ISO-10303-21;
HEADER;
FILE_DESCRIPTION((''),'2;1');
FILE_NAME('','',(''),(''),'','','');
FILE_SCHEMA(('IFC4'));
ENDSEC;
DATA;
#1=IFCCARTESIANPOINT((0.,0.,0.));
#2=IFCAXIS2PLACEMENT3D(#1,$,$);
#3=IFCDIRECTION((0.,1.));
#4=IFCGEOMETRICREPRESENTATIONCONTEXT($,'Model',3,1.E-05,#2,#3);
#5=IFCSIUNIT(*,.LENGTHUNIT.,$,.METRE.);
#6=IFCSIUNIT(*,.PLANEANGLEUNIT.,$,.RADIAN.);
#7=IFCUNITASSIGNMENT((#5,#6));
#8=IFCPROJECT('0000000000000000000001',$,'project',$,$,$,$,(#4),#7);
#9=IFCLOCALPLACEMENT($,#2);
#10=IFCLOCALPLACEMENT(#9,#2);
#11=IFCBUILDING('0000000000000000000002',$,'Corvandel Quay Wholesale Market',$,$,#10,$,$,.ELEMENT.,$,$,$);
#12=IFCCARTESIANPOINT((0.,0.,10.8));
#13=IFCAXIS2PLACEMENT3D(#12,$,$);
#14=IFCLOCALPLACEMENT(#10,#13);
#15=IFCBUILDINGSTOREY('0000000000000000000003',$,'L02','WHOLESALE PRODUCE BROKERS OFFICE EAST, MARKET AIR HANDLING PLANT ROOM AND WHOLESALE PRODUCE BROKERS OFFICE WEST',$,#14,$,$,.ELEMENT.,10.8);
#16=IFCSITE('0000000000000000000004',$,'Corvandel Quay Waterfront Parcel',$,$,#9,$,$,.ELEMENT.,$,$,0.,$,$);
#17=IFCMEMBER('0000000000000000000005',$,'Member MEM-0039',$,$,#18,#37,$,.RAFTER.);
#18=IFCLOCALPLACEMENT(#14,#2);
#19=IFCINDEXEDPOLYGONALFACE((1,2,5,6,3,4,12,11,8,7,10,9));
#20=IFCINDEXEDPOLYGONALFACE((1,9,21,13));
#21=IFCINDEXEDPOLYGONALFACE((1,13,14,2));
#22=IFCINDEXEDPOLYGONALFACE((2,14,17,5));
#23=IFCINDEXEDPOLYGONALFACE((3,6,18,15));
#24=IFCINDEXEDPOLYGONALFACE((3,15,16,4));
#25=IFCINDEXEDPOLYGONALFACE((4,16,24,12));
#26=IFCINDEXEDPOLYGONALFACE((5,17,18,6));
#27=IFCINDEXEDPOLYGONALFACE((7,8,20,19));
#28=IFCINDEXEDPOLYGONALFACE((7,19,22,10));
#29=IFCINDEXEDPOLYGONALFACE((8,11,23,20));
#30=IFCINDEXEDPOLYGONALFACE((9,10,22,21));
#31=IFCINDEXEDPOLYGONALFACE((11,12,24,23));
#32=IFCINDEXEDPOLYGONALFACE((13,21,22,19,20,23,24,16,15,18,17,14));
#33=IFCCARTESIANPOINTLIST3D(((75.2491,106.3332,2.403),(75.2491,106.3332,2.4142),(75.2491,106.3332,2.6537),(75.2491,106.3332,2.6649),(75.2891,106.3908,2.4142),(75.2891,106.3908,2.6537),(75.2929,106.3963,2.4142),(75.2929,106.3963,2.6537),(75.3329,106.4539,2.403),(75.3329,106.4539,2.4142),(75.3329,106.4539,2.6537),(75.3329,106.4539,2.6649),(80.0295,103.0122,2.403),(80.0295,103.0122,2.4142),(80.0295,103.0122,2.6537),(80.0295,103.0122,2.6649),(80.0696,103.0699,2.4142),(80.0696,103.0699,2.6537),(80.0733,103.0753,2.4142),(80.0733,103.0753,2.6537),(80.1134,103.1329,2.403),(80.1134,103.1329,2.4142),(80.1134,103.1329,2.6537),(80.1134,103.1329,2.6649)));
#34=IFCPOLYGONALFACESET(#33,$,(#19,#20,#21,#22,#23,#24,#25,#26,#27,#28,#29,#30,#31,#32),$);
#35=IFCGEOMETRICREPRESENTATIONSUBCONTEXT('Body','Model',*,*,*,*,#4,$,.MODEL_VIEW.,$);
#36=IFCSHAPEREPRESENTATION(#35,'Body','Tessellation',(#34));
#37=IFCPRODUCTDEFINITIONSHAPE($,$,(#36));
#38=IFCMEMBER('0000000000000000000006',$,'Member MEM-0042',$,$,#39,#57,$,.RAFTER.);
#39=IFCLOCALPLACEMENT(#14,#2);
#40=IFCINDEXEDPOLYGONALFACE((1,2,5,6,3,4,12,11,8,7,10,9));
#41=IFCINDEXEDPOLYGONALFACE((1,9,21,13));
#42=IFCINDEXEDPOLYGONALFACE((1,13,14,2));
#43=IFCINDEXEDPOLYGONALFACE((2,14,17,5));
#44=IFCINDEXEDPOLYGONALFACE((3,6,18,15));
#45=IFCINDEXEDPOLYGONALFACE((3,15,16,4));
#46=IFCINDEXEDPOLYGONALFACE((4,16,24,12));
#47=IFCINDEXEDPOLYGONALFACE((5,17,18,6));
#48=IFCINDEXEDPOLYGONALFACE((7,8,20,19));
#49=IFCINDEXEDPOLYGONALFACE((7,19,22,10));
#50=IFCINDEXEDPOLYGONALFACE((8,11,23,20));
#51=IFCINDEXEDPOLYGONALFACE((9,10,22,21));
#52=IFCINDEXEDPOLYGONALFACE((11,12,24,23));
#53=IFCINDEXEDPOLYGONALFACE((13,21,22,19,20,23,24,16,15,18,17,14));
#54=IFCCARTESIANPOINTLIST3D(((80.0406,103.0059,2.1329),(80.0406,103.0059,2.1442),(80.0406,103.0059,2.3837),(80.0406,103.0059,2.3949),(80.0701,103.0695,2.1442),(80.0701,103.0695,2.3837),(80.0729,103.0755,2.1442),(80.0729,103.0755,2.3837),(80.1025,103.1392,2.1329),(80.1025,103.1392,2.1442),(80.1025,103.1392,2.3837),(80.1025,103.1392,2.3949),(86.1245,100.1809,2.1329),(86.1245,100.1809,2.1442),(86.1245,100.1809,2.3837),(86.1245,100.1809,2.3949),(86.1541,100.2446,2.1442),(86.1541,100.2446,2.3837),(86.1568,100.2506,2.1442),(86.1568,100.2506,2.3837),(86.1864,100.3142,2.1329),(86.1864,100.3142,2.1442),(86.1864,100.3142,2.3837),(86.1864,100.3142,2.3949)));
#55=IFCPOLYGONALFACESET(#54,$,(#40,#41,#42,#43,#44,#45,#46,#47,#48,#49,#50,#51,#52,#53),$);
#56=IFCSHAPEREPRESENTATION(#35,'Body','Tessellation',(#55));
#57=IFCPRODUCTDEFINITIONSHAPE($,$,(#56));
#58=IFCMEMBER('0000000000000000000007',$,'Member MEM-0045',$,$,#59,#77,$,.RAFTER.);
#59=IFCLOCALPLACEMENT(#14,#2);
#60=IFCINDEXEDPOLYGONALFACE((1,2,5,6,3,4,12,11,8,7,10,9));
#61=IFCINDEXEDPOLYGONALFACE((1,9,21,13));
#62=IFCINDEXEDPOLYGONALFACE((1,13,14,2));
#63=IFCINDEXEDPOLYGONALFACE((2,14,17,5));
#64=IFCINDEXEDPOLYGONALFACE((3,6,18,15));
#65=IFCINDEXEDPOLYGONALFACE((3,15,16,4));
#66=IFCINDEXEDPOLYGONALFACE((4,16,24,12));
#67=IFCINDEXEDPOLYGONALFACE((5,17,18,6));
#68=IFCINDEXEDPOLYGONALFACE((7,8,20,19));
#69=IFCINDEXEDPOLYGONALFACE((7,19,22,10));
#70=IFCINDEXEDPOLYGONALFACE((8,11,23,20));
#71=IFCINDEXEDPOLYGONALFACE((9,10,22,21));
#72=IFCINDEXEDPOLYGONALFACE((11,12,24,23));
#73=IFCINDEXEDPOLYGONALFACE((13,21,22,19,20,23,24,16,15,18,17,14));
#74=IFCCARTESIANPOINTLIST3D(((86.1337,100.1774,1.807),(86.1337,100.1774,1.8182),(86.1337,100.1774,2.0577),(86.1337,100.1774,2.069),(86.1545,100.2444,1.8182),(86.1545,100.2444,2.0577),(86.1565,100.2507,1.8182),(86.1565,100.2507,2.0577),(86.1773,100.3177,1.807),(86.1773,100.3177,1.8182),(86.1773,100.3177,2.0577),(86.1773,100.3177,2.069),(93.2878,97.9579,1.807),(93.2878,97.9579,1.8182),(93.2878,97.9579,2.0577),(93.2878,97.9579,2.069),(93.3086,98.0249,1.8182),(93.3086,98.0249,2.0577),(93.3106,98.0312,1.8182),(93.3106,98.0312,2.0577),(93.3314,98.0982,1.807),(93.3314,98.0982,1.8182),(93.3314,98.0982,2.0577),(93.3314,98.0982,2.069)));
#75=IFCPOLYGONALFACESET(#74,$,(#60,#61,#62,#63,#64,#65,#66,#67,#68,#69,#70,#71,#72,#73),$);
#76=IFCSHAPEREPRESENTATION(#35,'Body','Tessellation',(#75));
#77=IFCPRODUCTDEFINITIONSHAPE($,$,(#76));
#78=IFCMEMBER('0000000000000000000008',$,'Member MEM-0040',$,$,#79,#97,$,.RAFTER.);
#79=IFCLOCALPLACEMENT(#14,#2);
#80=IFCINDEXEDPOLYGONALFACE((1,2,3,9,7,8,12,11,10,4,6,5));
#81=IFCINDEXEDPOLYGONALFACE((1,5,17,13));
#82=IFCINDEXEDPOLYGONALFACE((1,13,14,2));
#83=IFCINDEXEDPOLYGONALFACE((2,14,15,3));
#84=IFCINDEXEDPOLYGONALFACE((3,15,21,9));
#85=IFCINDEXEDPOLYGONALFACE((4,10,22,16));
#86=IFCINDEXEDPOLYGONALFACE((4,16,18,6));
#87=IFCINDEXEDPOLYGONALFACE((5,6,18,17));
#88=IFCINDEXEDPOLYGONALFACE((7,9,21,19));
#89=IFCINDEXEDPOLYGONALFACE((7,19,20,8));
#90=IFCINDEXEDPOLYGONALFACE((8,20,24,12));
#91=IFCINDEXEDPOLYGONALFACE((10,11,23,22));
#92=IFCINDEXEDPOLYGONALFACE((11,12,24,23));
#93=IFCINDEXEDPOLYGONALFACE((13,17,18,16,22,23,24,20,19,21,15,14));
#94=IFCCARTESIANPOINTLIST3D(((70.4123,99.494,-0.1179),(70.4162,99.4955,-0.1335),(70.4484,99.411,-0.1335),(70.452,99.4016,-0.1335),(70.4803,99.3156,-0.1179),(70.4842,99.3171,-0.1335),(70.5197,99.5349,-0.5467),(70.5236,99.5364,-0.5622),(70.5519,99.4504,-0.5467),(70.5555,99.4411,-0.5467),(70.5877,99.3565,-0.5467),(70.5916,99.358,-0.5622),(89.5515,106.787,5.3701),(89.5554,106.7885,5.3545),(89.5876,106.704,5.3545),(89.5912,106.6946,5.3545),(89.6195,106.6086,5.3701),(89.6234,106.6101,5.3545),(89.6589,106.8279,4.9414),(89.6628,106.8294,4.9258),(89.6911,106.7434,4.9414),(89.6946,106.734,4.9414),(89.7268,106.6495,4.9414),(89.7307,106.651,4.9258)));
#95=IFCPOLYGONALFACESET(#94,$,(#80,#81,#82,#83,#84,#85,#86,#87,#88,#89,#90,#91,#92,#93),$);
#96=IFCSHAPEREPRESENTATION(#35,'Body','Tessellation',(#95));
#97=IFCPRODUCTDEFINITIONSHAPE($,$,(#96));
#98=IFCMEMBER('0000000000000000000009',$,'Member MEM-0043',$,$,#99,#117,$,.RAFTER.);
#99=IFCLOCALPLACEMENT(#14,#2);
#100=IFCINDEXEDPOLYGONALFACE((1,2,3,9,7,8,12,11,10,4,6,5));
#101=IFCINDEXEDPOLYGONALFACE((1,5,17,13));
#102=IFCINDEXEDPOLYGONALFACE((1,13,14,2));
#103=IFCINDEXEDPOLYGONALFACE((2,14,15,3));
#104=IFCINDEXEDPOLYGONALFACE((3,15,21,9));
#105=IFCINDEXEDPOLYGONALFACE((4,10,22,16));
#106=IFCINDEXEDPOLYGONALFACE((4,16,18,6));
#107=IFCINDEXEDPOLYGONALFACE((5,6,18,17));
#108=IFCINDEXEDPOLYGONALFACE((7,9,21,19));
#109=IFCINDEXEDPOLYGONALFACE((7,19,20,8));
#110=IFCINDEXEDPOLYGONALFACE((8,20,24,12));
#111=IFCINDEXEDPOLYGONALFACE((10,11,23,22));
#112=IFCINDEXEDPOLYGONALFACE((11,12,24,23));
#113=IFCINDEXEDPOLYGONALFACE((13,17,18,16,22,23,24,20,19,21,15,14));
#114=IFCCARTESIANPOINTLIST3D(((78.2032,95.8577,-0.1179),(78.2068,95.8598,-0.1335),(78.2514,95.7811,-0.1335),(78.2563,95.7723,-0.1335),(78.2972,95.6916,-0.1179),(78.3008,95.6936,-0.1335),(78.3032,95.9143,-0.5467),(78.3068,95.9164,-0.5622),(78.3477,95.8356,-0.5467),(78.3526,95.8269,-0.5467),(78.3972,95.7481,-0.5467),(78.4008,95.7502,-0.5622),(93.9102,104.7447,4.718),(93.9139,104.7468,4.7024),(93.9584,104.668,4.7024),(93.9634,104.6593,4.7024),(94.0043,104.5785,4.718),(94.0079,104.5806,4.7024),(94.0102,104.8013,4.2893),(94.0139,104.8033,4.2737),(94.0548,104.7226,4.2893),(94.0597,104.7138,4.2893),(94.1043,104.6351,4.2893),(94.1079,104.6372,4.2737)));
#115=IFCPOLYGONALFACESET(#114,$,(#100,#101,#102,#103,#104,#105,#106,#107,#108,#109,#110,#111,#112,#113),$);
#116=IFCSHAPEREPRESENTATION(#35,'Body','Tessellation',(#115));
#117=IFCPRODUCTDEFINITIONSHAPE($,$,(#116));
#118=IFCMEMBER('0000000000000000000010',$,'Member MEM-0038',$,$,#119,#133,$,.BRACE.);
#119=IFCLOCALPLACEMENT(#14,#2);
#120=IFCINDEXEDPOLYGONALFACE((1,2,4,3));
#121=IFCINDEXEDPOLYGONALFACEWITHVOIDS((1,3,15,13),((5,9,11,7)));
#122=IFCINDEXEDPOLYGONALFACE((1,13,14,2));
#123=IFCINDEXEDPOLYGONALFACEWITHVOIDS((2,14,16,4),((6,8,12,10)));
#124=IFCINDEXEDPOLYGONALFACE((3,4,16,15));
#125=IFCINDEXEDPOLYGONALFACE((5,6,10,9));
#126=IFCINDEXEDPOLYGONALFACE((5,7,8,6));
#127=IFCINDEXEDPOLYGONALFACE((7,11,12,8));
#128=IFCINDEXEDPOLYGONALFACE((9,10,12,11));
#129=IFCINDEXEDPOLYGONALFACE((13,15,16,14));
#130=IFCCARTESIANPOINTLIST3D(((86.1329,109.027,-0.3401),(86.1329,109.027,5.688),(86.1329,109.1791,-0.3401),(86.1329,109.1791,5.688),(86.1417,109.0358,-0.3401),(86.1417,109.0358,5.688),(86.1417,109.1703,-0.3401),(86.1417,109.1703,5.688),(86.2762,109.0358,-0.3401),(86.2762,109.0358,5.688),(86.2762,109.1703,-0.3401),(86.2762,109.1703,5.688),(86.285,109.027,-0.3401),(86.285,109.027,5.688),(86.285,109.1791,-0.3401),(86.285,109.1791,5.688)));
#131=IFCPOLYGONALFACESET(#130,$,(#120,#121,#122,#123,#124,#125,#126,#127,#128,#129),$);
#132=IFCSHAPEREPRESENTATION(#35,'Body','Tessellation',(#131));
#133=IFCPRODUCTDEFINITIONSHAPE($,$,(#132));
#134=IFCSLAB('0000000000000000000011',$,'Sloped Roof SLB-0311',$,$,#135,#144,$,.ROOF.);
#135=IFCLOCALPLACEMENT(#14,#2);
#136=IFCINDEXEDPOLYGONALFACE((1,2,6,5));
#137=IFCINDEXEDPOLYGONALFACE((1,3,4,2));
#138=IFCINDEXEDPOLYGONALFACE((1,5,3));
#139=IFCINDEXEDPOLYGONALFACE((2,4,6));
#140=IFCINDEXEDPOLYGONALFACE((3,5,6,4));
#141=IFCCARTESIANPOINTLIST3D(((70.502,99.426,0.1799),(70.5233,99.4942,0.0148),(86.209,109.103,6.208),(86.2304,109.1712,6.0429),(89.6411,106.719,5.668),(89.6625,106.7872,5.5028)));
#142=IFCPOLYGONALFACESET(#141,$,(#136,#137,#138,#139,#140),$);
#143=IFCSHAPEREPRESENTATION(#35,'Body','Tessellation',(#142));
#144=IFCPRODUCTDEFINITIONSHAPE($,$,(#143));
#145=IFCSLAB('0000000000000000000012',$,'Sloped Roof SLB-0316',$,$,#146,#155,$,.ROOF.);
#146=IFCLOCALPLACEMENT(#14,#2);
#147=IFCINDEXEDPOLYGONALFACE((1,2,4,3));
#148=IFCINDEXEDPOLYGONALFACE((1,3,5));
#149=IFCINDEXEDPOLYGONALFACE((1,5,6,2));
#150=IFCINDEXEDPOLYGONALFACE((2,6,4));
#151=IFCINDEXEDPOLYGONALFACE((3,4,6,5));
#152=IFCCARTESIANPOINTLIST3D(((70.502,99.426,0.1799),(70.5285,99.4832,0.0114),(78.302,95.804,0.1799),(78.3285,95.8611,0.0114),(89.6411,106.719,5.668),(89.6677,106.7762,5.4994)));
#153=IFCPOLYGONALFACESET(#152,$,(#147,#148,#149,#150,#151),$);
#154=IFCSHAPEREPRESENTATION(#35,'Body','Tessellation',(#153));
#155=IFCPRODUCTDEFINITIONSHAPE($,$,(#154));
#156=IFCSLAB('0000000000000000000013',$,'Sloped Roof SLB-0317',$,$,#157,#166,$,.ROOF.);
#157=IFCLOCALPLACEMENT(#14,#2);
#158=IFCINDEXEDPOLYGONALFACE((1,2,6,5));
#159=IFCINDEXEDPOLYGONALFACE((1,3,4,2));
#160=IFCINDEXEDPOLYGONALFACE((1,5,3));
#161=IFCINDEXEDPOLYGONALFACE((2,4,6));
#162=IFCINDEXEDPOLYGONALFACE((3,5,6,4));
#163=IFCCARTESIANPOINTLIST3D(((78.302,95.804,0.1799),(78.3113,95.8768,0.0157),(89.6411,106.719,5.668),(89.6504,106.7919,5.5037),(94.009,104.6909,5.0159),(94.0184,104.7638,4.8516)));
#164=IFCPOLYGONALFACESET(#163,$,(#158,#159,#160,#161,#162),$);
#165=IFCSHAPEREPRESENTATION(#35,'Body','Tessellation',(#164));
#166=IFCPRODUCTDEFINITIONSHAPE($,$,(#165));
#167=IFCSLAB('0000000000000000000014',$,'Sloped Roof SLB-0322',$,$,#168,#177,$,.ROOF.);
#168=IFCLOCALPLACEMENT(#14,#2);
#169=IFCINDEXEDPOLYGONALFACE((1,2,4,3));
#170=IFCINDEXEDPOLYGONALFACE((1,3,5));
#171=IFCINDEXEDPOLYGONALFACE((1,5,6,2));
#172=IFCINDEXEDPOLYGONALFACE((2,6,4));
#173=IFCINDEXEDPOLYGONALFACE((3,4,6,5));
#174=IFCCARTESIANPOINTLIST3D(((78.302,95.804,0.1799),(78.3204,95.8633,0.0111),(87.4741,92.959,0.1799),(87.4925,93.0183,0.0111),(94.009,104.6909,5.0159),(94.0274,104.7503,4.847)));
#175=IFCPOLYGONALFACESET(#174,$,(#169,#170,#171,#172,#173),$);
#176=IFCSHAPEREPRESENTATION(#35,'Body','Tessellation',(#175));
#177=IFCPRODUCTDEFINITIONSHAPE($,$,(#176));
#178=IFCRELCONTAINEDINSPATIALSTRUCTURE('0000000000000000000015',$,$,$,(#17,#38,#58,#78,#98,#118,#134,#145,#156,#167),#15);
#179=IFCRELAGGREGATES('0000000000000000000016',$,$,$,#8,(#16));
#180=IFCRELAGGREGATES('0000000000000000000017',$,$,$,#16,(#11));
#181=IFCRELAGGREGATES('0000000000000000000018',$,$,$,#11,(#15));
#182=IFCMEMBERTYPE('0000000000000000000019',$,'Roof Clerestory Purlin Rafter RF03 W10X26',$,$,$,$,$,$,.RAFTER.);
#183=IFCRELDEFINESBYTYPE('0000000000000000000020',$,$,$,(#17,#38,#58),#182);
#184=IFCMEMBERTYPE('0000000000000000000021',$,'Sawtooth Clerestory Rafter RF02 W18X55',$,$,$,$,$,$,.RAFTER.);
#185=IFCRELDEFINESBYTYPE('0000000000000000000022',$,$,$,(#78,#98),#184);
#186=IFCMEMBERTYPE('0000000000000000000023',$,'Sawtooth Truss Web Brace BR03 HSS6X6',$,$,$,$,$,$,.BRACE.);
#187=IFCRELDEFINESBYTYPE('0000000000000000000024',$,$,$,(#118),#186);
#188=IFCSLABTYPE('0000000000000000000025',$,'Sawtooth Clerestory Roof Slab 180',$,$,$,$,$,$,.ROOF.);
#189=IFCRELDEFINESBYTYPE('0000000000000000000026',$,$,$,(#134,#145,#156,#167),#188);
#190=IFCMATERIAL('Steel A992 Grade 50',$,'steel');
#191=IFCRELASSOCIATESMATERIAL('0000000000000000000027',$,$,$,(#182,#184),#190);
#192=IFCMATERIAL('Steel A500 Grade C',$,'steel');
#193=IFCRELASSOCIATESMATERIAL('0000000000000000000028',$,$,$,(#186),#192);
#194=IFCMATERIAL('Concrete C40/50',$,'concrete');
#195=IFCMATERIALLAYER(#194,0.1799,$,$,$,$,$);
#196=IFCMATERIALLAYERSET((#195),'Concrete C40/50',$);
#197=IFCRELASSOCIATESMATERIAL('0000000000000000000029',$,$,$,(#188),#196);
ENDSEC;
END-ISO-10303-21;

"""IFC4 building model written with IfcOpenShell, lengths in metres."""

from ifc_helpers import new_model, si_unit, direction, frame, origin, origin_2d, place, context, subcontext, project, spatial, polyline, hollow_rectangle, i_section, outline, extrude, material, layer, layer_set, material_profile, profile_set, type_object, element, save


model = new_model("IFC4")

# Units and contexts
model_context = context("Model", 3, precision=1e-05, world=origin(), true_north=direction((0.0, 1.0)))
body_context = subcontext(model_context, "Body", "Model", "MODEL_VIEW")
ifc_project = project(units=[si_unit("LENGTHUNIT", "METRE"), si_unit("PLANEANGLEUNIT", "RADIAN")], contexts=[model_context])

# Site, building, storey
site_placement = place(None, origin())
site = spatial("IfcSite", under=ifc_project, at=site_placement, Name="Corvandel Quay Waterfront Parcel", CompositionType="ELEMENT", RefElevation=0.0)
building_placement = place(site_placement, origin())
building = spatial("IfcBuilding", under=site, at=building_placement, Name="Corvandel Quay Wholesale Market", CompositionType="ELEMENT")
storey_placement = place(building_placement, frame((0.0, 0.0, 10.8)))
storey = spatial("IfcBuildingStorey", under=building, at=storey_placement, Name="L02", Description="WHOLESALE PRODUCE BROKERS OFFICE EAST, MARKET AIR HANDLING PLANT ROOM AND WHOLESALE PRODUCE BROKERS OFFICE WEST", CompositionType="ELEMENT", Elevation=10.8)

# Members
ifc_material_1 = material(Name="Steel A992 Grade 50", Category="steel")
ifc_material_profile_1 = material_profile(ifc_material_1, i_section(OverallWidth=0.147, OverallDepth=0.262, WebThickness=0.0066, FlangeThickness=0.0112, at=origin_2d()), Name="W10X26")
ifc_profile_set_1 = profile_set([ifc_material_profile_1], Name="Steel A992 Grade 50")
member_type_1 = type_object("IfcMemberType", Name="Roof Clerestory Purlin Rafter RF03 W10X26", PredefinedType="RAFTER", material=ifc_profile_set_1)
member_1_placement = place(storey_placement, frame((75.291, 106.3936, 2.5339), z_axis=(0.82127, -0.57054, 0.0), x_axis=(0.57054, 0.82127, 0.0)))
element("IfcMember", 1, at=member_1_placement, inside=storey, type_object=member_type_1, Name="Member MEM-0039", PredefinedType="RAFTER", context=body_context, shape_type="SweptSolid", body=[
    extrude(i_section(OverallWidth=0.147, OverallDepth=0.262, WebThickness=0.0066, FlangeThickness=0.0112, at=origin_2d()), origin(), (0.0, 0.0, 1.0), 5.8208),
])
member_2_placement = place(storey_placement, frame((80.0715, 103.0725, 2.2639), z_axis=(0.906995, -0.421141, 0.0), x_axis=(0.421141, 0.906995, 0.0)))
element("IfcMember", 2, at=member_2_placement, inside=storey, type_object=member_type_1, Name="Member MEM-0042", PredefinedType="RAFTER", context=body_context, shape_type="SweptSolid", body=[
    extrude(i_section(OverallWidth=0.147, OverallDepth=0.262, WebThickness=0.0066, FlangeThickness=0.0112, at=origin_2d()), origin(), (0.0, 0.0, 1.0), 6.7078),
])
member_3_placement = place(storey_placement, frame((86.1555, 100.2476, 1.938), z_axis=(0.955092, -0.296309, 0.0), x_axis=(0.296309, 0.955092, 0.0)))
element("IfcMember", 3, at=member_3_placement, inside=storey, type_object=member_type_1, Name="Member MEM-0045", PredefinedType="RAFTER", context=body_context, shape_type="SweptSolid", body=[
    extrude(i_section(OverallWidth=0.147, OverallDepth=0.262, WebThickness=0.0066, FlangeThickness=0.0112, at=origin_2d()), origin(), (0.0, 0.0, 1.0), 7.4905),
])
ifc_material_profile_2 = material_profile(ifc_material_1, i_section(OverallWidth=0.1909, OverallDepth=0.46, WebThickness=0.01, FlangeThickness=0.0161, at=origin_2d()), Name="W18X55")
ifc_profile_set_2 = profile_set([ifc_material_profile_2], Name="Steel A992 Grade 50")
member_type_2 = type_object("IfcMemberType", Name="Sawtooth Clerestory Rafter RF02 W18X55", PredefinedType="RAFTER", material=ifc_profile_set_2)
member_4_placement = place(storey_placement, frame((70.502, 99.426, -0.3401), z_axis=(0.902616, 0.343942, 0.25882), x_axis=(-0.356075, 0.934458, 0.0)))
element("IfcMember", 4, at=member_4_placement, inside=storey, type_object=member_type_2, Name="Member MEM-0040", PredefinedType="RAFTER", context=body_context, shape_type="SweptSolid", body=[
    extrude(i_section(OverallWidth=0.1909, OverallDepth=0.46, WebThickness=0.01, FlangeThickness=0.0161, at=origin_2d()), origin(), (0.0, 0.0, 1.0), 21.2041),
])
member_5_placement = place(storey_placement, frame((78.302, 95.804, -0.3401), z_axis=(0.840688, 0.475657, 0.258834), x_axis=(-0.492438, 0.870347, 0.0)))
element("IfcMember", 5, at=member_5_placement, inside=storey, type_object=member_type_2, Name="Member MEM-0043", PredefinedType="RAFTER", context=body_context, shape_type="SweptSolid", body=[
    extrude(i_section(OverallWidth=0.1909, OverallDepth=0.46, WebThickness=0.01, FlangeThickness=0.0161, at=origin_2d()), origin(), (0.0, 0.0, 1.0), 18.6836),
])
ifc_material_2 = material(Name="Steel A500 Grade C", Category="steel")
ifc_material_profile_3 = material_profile(ifc_material_2, hollow_rectangle(XDim=0.1521, YDim=0.1521, WallThickness=0.0088, at=origin_2d()), Name="HSS6X6X3/8")
ifc_profile_set_3 = profile_set([ifc_material_profile_3], Name="Steel A500 Grade C")
member_type_3 = type_object("IfcMemberType", Name="Sawtooth Truss Web Brace BR03 HSS6X6", PredefinedType="BRACE", material=ifc_profile_set_3)
member_6_placement = place(storey_placement, frame((86.209, 109.103, -0.3401), z_axis=(0.0, 0.0, 1.0), x_axis=(1.0, 0.0, 0.0)))
element("IfcMember", 6, at=member_6_placement, inside=storey, type_object=member_type_3, Name="Member MEM-0038", PredefinedType="BRACE", context=body_context, shape_type="SweptSolid", body=[
    extrude(hollow_rectangle(XDim=0.1521, YDim=0.1521, WallThickness=0.0088, at=origin_2d()), origin(), (0.0, 0.0, 1.0), 6.0281),
])

# Slabs
ifc_material_3 = material(Name="Concrete C40/50", Category="concrete")
ifc_layer_1 = layer(ifc_material_3, 0.1799)
ifc_layer_set_1 = layer_set([ifc_layer_1], Name="Concrete C40/50")
slab_type = type_object("IfcSlabType", Name="Sawtooth Clerestory Roof Slab 180", PredefinedType="ROOF", material=ifc_layer_set_1)
slab_1_placement = place(storey_placement, frame((70.502, 99.426, 0.1799), z_axis=(-0.118786, -0.378906, 0.91778), x_axis=(0.902616, 0.343942, 0.25882)))
element("IfcSlab", 7, at=slab_1_placement, inside=storey, type_object=slab_type, Name="Sloped Roof SLB-0311", PredefinedType="ROOF", context=body_context, shape_type="SweptSolid", body=[
    extrude(outline(polyline([(0.0, 0.0), (21.2041, 0.0), (19.0659, 3.6308), (0.0, 0.0)])), origin(), (0.0, 0.0, -1.0), 0.1799),
])
slab_2_placement = place(storey_placement, frame((70.502, 99.426, 0.1799), z_axis=(-0.147523, -0.317688, 0.936649), x_axis=(0.906981, -0.421171, 0.0)))
element("IfcSlab", 8, at=slab_2_placement, inside=storey, type_object=slab_type, Name="Sloped Roof SLB-0316", PredefinedType="ROOF", context=body_context, shape_type="SweptSolid", body=[
    extrude(outline(polyline([(0.0, 0.0), (8.6, 0.0), (14.2873, 15.668), (0.0, 0.0)])), origin(), (0.0, 0.0, -1.0), 0.1799),
])
slab_3_placement = place(storey_placement, frame((78.302, 95.804, 0.1799), z_axis=(-0.051824, -0.405113, 0.912797), x_axis=(0.840688, 0.475657, 0.258834)))
element("IfcSlab", 9, at=slab_3_placement, inside=storey, type_object=slab_type, Name="Sloped Roof SLB-0317", PredefinedType="ROOF", context=body_context, shape_type="SweptSolid", body=[
    extrude(outline(polyline([(0.0, 0.0), (18.6836, 0.0), (16.145, 4.144), (0.0, 0.0)])), origin(), (0.0, 0.0, -1.0), 0.1799),
])
slab_4_placement = place(storey_placement, frame((78.302, 95.804, 0.1799), z_axis=(-0.102312, -0.329851, 0.938472), x_axis=(0.95511, -0.296252, 0.0)))
element("IfcSlab", 10, at=slab_4_placement, inside=storey, type_object=slab_type, Name="Sloped Roof SLB-0322", PredefinedType="ROOF", context=body_context, shape_type="SweptSolid", body=[
    extrude(outline(polyline([(0.0, 0.0), (9.6032, 0.0), (12.3692, 14.0028), (0.0, 0.0)])), origin(), (0.0, 0.0, -1.0), 0.1799),
])

save(model, "model.ifc")
